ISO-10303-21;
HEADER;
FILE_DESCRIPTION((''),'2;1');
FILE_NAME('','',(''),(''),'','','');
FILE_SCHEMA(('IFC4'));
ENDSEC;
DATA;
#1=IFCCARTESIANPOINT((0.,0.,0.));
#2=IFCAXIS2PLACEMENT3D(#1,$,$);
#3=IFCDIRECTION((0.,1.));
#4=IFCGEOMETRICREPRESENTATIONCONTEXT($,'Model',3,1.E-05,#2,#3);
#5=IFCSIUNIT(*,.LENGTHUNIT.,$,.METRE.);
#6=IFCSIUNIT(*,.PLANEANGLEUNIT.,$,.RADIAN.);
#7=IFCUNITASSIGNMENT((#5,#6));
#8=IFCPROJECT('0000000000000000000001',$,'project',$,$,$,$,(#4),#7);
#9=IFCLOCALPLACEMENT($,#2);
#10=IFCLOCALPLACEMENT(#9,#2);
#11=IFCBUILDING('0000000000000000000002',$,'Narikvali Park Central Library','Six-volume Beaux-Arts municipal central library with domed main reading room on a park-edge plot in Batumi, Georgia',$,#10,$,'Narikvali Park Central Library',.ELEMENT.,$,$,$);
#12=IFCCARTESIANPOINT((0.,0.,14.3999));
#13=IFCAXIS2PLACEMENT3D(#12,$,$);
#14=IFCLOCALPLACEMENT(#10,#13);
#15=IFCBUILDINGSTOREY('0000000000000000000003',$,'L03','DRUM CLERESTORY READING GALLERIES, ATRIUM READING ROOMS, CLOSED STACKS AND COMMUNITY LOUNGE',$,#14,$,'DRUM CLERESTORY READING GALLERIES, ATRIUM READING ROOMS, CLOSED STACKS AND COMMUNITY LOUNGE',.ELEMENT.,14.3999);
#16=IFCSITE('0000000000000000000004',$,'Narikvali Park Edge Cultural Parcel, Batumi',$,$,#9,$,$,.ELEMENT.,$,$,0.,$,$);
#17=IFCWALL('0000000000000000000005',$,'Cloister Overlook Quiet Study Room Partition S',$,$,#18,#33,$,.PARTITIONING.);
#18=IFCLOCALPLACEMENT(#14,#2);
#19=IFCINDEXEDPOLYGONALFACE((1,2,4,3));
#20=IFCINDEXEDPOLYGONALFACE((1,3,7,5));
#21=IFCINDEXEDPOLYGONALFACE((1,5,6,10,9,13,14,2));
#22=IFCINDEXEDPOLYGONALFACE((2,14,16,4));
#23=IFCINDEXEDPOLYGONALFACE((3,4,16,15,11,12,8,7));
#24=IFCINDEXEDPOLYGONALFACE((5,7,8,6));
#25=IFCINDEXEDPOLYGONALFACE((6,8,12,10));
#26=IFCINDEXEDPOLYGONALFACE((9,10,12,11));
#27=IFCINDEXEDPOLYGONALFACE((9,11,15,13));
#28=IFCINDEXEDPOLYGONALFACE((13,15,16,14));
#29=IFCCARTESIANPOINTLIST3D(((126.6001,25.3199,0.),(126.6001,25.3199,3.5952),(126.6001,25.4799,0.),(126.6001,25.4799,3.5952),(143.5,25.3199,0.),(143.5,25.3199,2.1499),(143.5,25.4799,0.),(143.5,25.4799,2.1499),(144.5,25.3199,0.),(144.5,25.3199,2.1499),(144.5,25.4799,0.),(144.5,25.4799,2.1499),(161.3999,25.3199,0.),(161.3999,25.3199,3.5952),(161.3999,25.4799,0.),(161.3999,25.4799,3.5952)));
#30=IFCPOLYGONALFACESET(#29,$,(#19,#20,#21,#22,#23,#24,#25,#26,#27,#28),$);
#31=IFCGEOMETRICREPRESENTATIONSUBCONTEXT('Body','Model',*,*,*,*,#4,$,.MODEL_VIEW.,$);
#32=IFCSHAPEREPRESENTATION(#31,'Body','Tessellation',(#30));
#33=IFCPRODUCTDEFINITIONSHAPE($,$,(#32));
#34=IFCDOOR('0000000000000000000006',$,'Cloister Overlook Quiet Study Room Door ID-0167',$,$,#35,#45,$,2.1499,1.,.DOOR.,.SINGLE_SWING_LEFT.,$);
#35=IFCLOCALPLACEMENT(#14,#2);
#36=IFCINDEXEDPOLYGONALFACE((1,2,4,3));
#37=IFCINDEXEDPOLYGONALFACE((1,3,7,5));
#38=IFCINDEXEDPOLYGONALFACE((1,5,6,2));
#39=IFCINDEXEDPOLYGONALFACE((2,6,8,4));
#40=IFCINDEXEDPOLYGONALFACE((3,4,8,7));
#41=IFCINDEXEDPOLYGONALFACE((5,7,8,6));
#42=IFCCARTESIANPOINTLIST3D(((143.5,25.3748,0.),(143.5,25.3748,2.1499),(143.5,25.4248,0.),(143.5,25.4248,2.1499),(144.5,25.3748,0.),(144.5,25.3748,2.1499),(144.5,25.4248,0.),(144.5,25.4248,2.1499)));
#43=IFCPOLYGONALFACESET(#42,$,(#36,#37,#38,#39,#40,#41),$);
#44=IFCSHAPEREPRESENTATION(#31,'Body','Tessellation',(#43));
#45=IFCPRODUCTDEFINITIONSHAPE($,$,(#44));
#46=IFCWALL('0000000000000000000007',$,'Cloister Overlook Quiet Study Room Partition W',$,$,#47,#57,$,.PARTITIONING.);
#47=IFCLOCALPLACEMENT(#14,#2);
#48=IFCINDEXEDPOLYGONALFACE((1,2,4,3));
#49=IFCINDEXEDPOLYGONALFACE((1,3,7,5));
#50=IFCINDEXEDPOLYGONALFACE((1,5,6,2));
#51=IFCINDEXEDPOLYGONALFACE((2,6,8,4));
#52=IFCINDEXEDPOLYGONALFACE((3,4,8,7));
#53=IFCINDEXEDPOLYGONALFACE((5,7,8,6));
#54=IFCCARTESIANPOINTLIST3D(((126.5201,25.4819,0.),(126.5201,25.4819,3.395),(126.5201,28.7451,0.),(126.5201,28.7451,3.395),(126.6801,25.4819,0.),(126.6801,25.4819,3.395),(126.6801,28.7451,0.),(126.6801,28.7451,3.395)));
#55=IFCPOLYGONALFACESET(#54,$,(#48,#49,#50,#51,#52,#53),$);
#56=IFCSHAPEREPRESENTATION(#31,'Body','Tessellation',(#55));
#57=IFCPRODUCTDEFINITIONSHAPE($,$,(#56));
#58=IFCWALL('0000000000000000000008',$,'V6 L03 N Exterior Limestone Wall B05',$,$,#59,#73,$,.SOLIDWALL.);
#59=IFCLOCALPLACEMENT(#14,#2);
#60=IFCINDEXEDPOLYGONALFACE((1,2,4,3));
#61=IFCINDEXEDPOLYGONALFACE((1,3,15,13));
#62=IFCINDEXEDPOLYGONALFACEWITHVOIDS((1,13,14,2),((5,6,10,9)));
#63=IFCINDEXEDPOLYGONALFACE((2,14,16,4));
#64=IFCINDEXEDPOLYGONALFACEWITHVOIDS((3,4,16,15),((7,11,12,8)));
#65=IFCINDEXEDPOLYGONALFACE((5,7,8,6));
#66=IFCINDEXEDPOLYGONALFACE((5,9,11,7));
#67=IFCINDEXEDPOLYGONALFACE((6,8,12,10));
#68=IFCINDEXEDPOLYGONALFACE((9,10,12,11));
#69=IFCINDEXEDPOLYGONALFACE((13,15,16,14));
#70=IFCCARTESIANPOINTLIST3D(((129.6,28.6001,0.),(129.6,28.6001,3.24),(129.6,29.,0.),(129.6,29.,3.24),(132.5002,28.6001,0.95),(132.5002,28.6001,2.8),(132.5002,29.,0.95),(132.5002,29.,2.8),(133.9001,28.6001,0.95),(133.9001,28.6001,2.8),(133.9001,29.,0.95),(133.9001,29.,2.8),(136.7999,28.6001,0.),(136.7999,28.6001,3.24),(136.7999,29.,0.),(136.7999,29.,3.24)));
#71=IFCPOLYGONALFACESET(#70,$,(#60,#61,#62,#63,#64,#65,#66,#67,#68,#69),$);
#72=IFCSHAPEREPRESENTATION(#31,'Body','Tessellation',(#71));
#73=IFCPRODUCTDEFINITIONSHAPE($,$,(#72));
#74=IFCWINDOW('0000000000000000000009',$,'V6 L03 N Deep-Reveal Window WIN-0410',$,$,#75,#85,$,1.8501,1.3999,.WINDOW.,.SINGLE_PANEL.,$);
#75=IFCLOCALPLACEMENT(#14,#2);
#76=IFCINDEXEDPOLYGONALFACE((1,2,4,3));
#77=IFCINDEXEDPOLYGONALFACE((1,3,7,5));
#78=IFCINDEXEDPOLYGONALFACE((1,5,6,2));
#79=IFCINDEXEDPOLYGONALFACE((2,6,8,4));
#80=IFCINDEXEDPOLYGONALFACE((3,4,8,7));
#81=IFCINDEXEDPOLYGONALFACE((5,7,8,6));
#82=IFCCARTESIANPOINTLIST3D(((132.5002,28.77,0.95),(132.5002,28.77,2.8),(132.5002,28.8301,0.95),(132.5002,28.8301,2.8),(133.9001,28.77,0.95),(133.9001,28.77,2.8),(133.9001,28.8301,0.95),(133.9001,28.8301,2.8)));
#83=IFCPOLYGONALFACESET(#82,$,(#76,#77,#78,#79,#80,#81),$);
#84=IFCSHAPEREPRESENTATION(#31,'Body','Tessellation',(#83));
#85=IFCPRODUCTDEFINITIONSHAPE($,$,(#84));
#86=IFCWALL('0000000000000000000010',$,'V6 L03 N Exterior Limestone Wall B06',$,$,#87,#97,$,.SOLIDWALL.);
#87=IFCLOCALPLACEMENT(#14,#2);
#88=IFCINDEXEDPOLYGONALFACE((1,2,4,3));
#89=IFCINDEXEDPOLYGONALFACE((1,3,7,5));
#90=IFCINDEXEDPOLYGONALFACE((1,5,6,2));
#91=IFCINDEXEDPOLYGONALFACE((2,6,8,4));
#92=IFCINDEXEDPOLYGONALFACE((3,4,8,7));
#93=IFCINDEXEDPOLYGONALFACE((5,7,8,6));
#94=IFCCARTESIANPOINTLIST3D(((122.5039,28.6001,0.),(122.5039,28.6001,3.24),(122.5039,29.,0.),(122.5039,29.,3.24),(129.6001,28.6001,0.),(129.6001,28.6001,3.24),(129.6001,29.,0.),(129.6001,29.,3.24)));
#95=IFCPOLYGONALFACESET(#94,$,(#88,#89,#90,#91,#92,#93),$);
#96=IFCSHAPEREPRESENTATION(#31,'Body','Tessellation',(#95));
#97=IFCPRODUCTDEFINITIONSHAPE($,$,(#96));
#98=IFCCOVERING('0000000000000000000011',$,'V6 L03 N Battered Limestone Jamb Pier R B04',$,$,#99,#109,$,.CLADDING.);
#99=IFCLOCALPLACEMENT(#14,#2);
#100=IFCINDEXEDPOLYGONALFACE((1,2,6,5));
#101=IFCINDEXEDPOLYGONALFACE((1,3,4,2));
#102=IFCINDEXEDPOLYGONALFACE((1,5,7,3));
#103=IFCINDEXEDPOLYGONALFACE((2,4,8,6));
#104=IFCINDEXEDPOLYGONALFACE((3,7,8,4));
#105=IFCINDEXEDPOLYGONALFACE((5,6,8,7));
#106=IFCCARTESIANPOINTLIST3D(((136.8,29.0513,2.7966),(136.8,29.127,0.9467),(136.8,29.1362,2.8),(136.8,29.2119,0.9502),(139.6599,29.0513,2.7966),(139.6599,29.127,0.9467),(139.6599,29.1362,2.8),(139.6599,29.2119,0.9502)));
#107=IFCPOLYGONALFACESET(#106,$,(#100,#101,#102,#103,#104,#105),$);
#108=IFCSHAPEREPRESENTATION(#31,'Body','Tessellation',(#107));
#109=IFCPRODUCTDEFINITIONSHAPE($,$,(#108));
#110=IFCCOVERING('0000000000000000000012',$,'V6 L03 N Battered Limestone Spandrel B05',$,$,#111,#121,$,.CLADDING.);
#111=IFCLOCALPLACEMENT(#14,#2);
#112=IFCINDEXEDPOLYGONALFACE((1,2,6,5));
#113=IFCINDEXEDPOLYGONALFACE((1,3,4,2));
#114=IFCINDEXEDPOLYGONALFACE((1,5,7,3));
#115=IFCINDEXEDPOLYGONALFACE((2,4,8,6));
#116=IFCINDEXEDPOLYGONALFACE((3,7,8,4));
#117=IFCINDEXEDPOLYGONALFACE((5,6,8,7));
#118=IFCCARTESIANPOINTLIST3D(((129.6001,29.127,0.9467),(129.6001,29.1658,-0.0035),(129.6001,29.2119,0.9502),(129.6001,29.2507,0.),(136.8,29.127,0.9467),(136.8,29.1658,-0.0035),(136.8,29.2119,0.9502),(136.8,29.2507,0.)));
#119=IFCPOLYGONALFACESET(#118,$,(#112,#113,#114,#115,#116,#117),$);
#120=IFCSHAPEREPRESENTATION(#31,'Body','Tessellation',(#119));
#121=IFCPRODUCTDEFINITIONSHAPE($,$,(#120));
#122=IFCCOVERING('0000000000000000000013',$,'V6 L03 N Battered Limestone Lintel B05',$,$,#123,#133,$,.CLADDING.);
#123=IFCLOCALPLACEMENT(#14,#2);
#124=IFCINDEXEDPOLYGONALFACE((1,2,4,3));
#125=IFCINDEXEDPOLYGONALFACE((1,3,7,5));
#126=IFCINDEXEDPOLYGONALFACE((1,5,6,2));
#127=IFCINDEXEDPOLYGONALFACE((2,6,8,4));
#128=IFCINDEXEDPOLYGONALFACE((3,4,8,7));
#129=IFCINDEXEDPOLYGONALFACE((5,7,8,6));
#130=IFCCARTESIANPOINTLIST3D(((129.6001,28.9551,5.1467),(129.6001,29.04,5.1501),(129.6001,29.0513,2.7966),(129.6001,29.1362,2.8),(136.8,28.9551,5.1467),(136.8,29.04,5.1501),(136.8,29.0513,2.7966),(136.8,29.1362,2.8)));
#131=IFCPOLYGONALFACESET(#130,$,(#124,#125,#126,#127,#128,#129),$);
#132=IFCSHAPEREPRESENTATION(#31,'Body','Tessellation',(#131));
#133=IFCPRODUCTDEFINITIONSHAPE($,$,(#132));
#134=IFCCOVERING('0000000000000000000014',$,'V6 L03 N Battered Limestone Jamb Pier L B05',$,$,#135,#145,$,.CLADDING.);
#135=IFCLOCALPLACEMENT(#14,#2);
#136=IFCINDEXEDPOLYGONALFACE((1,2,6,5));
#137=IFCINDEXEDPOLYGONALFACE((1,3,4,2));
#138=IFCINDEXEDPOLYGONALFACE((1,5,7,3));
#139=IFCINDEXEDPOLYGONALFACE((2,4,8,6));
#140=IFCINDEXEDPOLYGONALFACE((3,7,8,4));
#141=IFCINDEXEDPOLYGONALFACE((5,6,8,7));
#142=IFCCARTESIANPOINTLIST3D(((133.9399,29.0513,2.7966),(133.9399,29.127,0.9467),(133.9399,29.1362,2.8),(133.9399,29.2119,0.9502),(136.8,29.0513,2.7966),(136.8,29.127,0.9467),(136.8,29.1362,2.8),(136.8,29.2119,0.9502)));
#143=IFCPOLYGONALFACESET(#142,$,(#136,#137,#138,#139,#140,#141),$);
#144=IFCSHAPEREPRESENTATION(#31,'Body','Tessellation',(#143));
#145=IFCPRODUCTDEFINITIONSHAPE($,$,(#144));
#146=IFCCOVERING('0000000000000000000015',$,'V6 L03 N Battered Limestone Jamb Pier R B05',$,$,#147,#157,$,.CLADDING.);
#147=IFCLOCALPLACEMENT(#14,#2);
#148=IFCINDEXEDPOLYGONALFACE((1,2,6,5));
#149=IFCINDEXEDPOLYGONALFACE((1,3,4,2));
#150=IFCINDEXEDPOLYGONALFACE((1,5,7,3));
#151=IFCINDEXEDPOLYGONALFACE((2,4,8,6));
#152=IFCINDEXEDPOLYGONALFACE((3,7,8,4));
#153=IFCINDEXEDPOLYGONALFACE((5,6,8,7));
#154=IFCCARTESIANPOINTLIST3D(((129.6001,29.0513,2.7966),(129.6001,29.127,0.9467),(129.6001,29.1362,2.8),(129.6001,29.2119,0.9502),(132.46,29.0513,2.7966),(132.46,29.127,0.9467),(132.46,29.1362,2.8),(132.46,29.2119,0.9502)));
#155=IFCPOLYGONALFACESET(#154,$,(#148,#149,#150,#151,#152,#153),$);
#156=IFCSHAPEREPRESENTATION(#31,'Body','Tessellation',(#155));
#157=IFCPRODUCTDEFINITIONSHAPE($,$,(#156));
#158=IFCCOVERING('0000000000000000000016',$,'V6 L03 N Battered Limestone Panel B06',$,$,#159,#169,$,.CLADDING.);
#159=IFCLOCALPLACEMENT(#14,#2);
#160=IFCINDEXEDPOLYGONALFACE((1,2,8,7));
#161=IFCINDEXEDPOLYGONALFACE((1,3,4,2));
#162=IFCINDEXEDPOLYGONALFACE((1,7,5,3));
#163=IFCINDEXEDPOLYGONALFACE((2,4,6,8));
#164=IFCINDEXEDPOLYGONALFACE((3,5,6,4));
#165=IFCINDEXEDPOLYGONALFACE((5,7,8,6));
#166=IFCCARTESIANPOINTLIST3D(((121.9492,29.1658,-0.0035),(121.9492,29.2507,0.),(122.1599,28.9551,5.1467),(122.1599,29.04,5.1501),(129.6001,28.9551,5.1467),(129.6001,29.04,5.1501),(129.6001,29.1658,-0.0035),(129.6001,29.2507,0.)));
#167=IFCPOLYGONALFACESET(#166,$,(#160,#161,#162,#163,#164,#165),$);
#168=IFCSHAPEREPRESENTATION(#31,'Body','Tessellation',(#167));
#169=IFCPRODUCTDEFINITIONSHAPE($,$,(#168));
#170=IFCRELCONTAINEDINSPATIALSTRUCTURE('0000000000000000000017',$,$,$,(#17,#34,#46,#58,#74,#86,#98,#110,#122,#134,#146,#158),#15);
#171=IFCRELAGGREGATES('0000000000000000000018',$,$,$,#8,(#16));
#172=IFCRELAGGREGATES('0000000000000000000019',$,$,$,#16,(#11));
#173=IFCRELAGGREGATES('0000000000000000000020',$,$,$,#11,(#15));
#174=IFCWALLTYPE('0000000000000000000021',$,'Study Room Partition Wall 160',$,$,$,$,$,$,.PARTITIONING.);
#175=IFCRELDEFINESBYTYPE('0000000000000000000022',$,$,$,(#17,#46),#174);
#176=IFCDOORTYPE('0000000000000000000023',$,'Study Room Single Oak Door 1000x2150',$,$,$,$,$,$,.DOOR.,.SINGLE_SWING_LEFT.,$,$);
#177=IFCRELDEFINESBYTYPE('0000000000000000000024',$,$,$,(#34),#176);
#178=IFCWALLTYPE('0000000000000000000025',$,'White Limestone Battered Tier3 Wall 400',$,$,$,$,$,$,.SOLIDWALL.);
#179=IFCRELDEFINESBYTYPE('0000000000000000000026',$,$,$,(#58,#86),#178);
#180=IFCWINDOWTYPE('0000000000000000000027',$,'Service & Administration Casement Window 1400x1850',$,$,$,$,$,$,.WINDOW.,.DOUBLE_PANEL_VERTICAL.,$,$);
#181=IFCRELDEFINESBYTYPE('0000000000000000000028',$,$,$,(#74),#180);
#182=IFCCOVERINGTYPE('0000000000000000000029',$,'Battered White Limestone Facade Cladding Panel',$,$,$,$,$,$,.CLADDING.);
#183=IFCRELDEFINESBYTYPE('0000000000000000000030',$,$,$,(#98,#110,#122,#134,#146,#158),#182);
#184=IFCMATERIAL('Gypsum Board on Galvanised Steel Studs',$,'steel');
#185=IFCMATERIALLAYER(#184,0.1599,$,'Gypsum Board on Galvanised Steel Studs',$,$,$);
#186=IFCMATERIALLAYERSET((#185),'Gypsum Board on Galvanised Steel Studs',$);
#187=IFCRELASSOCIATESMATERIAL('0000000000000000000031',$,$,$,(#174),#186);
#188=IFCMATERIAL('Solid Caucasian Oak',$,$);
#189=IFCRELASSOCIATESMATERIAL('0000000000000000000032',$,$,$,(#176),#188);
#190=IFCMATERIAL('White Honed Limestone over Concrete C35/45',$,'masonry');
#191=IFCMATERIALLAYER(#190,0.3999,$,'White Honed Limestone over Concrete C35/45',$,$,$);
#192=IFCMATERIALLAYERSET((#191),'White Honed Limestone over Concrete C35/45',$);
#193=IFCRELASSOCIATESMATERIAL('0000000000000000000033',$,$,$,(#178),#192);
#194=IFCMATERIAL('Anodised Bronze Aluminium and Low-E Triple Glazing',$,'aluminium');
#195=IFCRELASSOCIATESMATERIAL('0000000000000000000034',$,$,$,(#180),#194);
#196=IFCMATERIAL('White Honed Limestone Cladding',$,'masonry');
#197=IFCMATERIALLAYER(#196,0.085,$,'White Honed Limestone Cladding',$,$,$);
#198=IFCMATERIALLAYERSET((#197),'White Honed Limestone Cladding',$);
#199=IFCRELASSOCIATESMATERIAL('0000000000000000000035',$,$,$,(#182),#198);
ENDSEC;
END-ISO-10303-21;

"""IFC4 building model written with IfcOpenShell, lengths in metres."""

from ifc_helpers import new_model, si_unit, direction, frame, frame_2d, origin, place, context, subcontext, project, spatial, polyline, rectangle, outline, extrude, material, layer, layer_set, type_object, element, fill, save


model = new_model("IFC4")

# Units and contexts
model_context = context("Model", 3, precision=1e-05, world=origin(), true_north=direction((0.0, 1.0)))
body_context = subcontext(model_context, "Body", "Model", "MODEL_VIEW")
ifc_project = project(units=[si_unit("LENGTHUNIT", "METRE"), si_unit("PLANEANGLEUNIT", "RADIAN")], contexts=[model_context])

# Site, building, storey
site_placement = place(None, origin())
site = spatial("IfcSite", under=ifc_project, at=site_placement, Name="Narikvali Park Edge Cultural Parcel, Batumi", CompositionType="ELEMENT", RefElevation=0.0)
building_placement = place(site_placement, origin())
building = spatial("IfcBuilding", under=site, at=building_placement, Name="Narikvali Park Central Library", Description="Six-volume Beaux-Arts municipal central library with domed main reading room on a park-edge plot in Batumi, Georgia", LongName="Narikvali Park Central Library", CompositionType="ELEMENT")
storey_placement = place(building_placement, frame((0.0, 0.0, 14.3999)))
storey = spatial("IfcBuildingStorey", under=building, at=storey_placement, Name="L03", Description="DRUM CLERESTORY READING GALLERIES, ATRIUM READING ROOMS, CLOSED STACKS AND COMMUNITY LOUNGE", LongName="DRUM CLERESTORY READING GALLERIES, ATRIUM READING ROOMS, CLOSED STACKS AND COMMUNITY LOUNGE", CompositionType="ELEMENT", Elevation=14.3999)

# Wall, opening, door
ifc_material_1 = material(Name="Gypsum Board on Galvanised Steel Studs", Category="steel")
ifc_layer_1 = layer(ifc_material_1, 0.1599, Name="Gypsum Board on Galvanised Steel Studs")
ifc_layer_set_1 = layer_set([ifc_layer_1], Name="Gypsum Board on Galvanised Steel Studs")
wall_type_1 = type_object("IfcWallType", Name="Study Room Partition Wall 160", PredefinedType="PARTITIONING", material=ifc_layer_set_1)
wall_1_placement = place(storey_placement, frame((126.6001, 25.3999, 0.0), z_axis=(0.0, 0.0, 1.0), x_axis=(1.0, 0.0, 0.0)))
wall_1 = element("IfcWall", 1, at=wall_1_placement, inside=storey, type_object=wall_type_1, Name="Cloister Overlook Quiet Study Room Partition S", PredefinedType="PARTITIONING", context=body_context, shape_type="SweptSolid", body=[
    extrude(rectangle(XDim=34.7998, YDim=0.1599, at=frame_2d((17.3999, 0.0))), origin(), (0.0, 0.0, 1.0), 3.5952),
])
opening_1_placement = place(wall_1_placement, frame((16.8999, 0.0, 0.0)))
opening_1 = element("IfcOpeningElement", 2, at=opening_1_placement, cuts=wall_1, PredefinedType="OPENING", context=body_context, shape_type="SweptSolid", body=[
    extrude(rectangle(XDim=1.0, YDim=2.1499, at=frame_2d((0.5, 1.075))), frame((0.0, 0.0918, 0.0), z_axis=(0.0, -1.0, 0.0), x_axis=(1.0, 0.0, 0.0)), (0.0, 0.0, 1.0), 0.1838),
])
ifc_material_2 = material(Name="Solid Caucasian Oak")
door_type = type_object("IfcDoorType", Name="Study Room Single Oak Door 1000x2150", OperationType="SINGLE_SWING_LEFT", PredefinedType="DOOR", material=ifc_material_2)
door_placement = place(opening_1_placement, origin())
door = element("IfcDoor", 3, at=door_placement, inside=storey, type_object=door_type, Name="Cloister Overlook Quiet Study Room Door ID-0167", OperationType="SINGLE_SWING_LEFT", OverallHeight=2.1499, OverallWidth=1.0, PredefinedType="DOOR", context=body_context, shape_type="SweptSolid", body=[
    extrude(rectangle(XDim=1.0, YDim=2.1499, at=frame_2d((0.5, 1.075))), frame((0.0, 0.0249, 0.0), z_axis=(0.0, -1.0, 0.0), x_axis=(1.0, 0.0, 0.0)), (0.0, 0.0, 1.0), 0.05),
])
fill(opening_1, door)

# Wall
wall_2_placement = place(storey_placement, frame((126.6001, 25.4819, 0.0), z_axis=(0.0, 0.0, 1.0), x_axis=(0.0, 1.0, 0.0)))
element("IfcWall", 4, at=wall_2_placement, inside=storey, type_object=wall_type_1, Name="Cloister Overlook Quiet Study Room Partition W", PredefinedType="PARTITIONING", context=body_context, shape_type="SweptSolid", body=[
    extrude(rectangle(XDim=3.2632, YDim=0.1599, at=frame_2d((1.6316, 0.0))), origin(), (0.0, 0.0, 1.0), 3.395),
])

# Wall, opening, window
ifc_material_3 = material(Name="White Honed Limestone over Concrete C35/45", Category="masonry")
ifc_layer_2 = layer(ifc_material_3, 0.3999, Name="White Honed Limestone over Concrete C35/45")
ifc_layer_set_2 = layer_set([ifc_layer_2], Name="White Honed Limestone over Concrete C35/45")
wall_type_2 = type_object("IfcWallType", Name="White Limestone Battered Tier3 Wall 400", PredefinedType="SOLIDWALL", material=ifc_layer_set_2)
wall_3_placement = place(storey_placement, frame((136.8, 28.8, 0.0), z_axis=(0.0, 0.0, 1.0), x_axis=(-1.0, 0.0, 0.0)))
wall_3 = element("IfcWall", 5, at=wall_3_placement, inside=storey, type_object=wall_type_2, Name="V6 L03 N Exterior Limestone Wall B05", PredefinedType="SOLIDWALL", context=body_context, shape_type="SweptSolid", body=[
    extrude(rectangle(XDim=7.2, YDim=0.3999, at=frame_2d((3.6001, 0.0))), origin(), (0.0, 0.0, 1.0), 3.24),
])
opening_2_placement = place(wall_3_placement, frame((2.8999, 0.0, 0.95)))
opening_2 = element("IfcOpeningElement", 6, at=opening_2_placement, cuts=wall_3, PredefinedType="OPENING", context=body_context, shape_type="SweptSolid", body=[
    extrude(rectangle(XDim=1.3999, YDim=1.8501, at=frame_2d((0.7, 0.925))), frame((0.0, 0.2119, 0.0), z_axis=(0.0, -1.0, 0.0), x_axis=(1.0, 0.0, 0.0)), (0.0, 0.0, 1.0), 0.4238),
])
ifc_material_4 = material(Name="Anodised Bronze Aluminium and Low-E Triple Glazing", Category="aluminium")
window_type = type_object("IfcWindowType", Name="Service & Administration Casement Window 1400x1850", PartitioningType="DOUBLE_PANEL_VERTICAL", PredefinedType="WINDOW", material=ifc_material_4)
window_placement = place(opening_2_placement, origin())
window = element("IfcWindow", 7, at=window_placement, inside=storey, type_object=window_type, Name="V6 L03 N Deep-Reveal Window WIN-0410", OverallHeight=1.8501, OverallWidth=1.3999, PartitioningType="SINGLE_PANEL", PredefinedType="WINDOW", context=body_context, shape_type="SweptSolid", body=[
    extrude(rectangle(XDim=1.3999, YDim=1.8501, at=frame_2d((0.7, 0.925))), frame((0.0, 0.03, 0.0), z_axis=(0.0, -1.0, 0.0), x_axis=(1.0, 0.0, 0.0)), (0.0, 0.0, 1.0), 0.0601),
])
fill(opening_2, window)

# Wall
wall_4_placement = place(storey_placement, frame((129.6001, 28.8, 0.0), z_axis=(0.0, 0.0, 1.0), x_axis=(-1.0, 0.0, 0.0)))
element("IfcWall", 8, at=wall_4_placement, inside=storey, type_object=wall_type_2, Name="V6 L03 N Exterior Limestone Wall B06", PredefinedType="SOLIDWALL", context=body_context, shape_type="SweptSolid", body=[
    extrude(rectangle(XDim=7.0962, YDim=0.3999, at=frame_2d((3.5481, 0.0))), origin(), (0.0, 0.0, 1.0), 3.24),
])

# Coverings
ifc_material_5 = material(Name="White Honed Limestone Cladding", Category="masonry")
ifc_layer_3 = layer(ifc_material_5, 0.085, Name="White Honed Limestone Cladding")
ifc_layer_set_3 = layer_set([ifc_layer_3], Name="White Honed Limestone Cladding")
covering_type = type_object("IfcCoveringType", Name="Battered White Limestone Facade Cladding Panel", PredefinedType="CLADDING", material=ifc_layer_set_3)
covering_1_placement = place(storey_placement, frame((139.6599, 29.2119, 0.9502), z_axis=(0.0, 0.999164, 0.040879), x_axis=(-1.0, 0.0, 0.0)))
element("IfcCovering", 9, at=covering_1_placement, inside=storey, type_object=covering_type, Name="V6 L03 N Battered Limestone Jamb Pier R B04", PredefinedType="CLADDING", context=body_context, shape_type="SweptSolid", body=[
    extrude(outline(polyline([(0.0, 0.0), (2.8599, 0.0), (2.8599, 1.8514), (0.0, 1.8514), (0.0, 0.0)])), origin(), (0.0, 0.0, -1.0), 0.085),
])
covering_2_placement = place(storey_placement, frame((136.8, 29.2507, 0.0), z_axis=(0.0, 0.999167, 0.040819), x_axis=(-1.0, 0.0, 0.0)))
element("IfcCovering", 10, at=covering_2_placement, inside=storey, type_object=covering_type, Name="V6 L03 N Battered Limestone Spandrel B05", PredefinedType="CLADDING", context=body_context, shape_type="SweptSolid", body=[
    extrude(outline(polyline([(0.0, 0.0), (7.2, 0.0), (7.2, 0.951), (0.0, 0.951), (0.0, 0.0)])), origin(), (0.0, 0.0, -1.0), 0.085),
])
covering_3_placement = place(storey_placement, frame((136.8, 29.1362, 2.8), z_axis=(0.0, 0.999163, 0.040897), x_axis=(-1.0, 0.0, 0.0)))
element("IfcCovering", 11, at=covering_3_placement, inside=storey, type_object=covering_type, Name="V6 L03 N Battered Limestone Lintel B05", PredefinedType="CLADDING", context=body_context, shape_type="SweptSolid", body=[
    extrude(outline(polyline([(0.0, 0.0), (7.2, 0.0), (7.2, 2.3521), (0.0, 2.3521), (0.0, 0.0)])), origin(), (0.0, 0.0, -1.0), 0.085),
])
covering_4_placement = place(storey_placement, frame((136.8, 29.2119, 0.9502), z_axis=(0.0, 0.999164, 0.040879), x_axis=(-1.0, 0.0, 0.0)))
element("IfcCovering", 12, at=covering_4_placement, inside=storey, type_object=covering_type, Name="V6 L03 N Battered Limestone Jamb Pier L B05", PredefinedType="CLADDING", context=body_context, shape_type="SweptSolid", body=[
    extrude(outline(polyline([(0.0, 0.0), (2.8601, 0.0), (2.8601, 1.8514), (0.0, 1.8514), (0.0, 0.0)])), origin(), (0.0, 0.0, -1.0), 0.085),
])
covering_5_placement = place(storey_placement, frame((132.46, 29.2119, 0.9502), z_axis=(0.0, 0.999164, 0.040879), x_axis=(-1.0, 0.0, 0.0)))
element("IfcCovering", 13, at=covering_5_placement, inside=storey, type_object=covering_type, Name="V6 L03 N Battered Limestone Jamb Pier R B05", PredefinedType="CLADDING", context=body_context, shape_type="SweptSolid", body=[
    extrude(outline(polyline([(0.0, 0.0), (2.8599, 0.0), (2.8599, 1.8514), (0.0, 1.8514), (0.0, 0.0)])), origin(), (0.0, 0.0, -1.0), 0.085),
])
covering_6_placement = place(storey_placement, frame((129.6001, 29.2507, 0.0), z_axis=(0.0, 0.999164, 0.040876), x_axis=(-1.0, 0.0, 0.0)))
element("IfcCovering", 14, at=covering_6_placement, inside=storey, type_object=covering_type, Name="V6 L03 N Battered Limestone Panel B06", PredefinedType="CLADDING", context=body_context, shape_type="SweptSolid", body=[
    extrude(outline(polyline([(0.0, 0.0), (7.6509, 0.0), (7.4402, 5.1545), (0.0, 5.1545), (0.0, 0.0)])), origin(), (0.0, 0.0, -1.0), 0.085),
])

save(model, "model.ifc")
